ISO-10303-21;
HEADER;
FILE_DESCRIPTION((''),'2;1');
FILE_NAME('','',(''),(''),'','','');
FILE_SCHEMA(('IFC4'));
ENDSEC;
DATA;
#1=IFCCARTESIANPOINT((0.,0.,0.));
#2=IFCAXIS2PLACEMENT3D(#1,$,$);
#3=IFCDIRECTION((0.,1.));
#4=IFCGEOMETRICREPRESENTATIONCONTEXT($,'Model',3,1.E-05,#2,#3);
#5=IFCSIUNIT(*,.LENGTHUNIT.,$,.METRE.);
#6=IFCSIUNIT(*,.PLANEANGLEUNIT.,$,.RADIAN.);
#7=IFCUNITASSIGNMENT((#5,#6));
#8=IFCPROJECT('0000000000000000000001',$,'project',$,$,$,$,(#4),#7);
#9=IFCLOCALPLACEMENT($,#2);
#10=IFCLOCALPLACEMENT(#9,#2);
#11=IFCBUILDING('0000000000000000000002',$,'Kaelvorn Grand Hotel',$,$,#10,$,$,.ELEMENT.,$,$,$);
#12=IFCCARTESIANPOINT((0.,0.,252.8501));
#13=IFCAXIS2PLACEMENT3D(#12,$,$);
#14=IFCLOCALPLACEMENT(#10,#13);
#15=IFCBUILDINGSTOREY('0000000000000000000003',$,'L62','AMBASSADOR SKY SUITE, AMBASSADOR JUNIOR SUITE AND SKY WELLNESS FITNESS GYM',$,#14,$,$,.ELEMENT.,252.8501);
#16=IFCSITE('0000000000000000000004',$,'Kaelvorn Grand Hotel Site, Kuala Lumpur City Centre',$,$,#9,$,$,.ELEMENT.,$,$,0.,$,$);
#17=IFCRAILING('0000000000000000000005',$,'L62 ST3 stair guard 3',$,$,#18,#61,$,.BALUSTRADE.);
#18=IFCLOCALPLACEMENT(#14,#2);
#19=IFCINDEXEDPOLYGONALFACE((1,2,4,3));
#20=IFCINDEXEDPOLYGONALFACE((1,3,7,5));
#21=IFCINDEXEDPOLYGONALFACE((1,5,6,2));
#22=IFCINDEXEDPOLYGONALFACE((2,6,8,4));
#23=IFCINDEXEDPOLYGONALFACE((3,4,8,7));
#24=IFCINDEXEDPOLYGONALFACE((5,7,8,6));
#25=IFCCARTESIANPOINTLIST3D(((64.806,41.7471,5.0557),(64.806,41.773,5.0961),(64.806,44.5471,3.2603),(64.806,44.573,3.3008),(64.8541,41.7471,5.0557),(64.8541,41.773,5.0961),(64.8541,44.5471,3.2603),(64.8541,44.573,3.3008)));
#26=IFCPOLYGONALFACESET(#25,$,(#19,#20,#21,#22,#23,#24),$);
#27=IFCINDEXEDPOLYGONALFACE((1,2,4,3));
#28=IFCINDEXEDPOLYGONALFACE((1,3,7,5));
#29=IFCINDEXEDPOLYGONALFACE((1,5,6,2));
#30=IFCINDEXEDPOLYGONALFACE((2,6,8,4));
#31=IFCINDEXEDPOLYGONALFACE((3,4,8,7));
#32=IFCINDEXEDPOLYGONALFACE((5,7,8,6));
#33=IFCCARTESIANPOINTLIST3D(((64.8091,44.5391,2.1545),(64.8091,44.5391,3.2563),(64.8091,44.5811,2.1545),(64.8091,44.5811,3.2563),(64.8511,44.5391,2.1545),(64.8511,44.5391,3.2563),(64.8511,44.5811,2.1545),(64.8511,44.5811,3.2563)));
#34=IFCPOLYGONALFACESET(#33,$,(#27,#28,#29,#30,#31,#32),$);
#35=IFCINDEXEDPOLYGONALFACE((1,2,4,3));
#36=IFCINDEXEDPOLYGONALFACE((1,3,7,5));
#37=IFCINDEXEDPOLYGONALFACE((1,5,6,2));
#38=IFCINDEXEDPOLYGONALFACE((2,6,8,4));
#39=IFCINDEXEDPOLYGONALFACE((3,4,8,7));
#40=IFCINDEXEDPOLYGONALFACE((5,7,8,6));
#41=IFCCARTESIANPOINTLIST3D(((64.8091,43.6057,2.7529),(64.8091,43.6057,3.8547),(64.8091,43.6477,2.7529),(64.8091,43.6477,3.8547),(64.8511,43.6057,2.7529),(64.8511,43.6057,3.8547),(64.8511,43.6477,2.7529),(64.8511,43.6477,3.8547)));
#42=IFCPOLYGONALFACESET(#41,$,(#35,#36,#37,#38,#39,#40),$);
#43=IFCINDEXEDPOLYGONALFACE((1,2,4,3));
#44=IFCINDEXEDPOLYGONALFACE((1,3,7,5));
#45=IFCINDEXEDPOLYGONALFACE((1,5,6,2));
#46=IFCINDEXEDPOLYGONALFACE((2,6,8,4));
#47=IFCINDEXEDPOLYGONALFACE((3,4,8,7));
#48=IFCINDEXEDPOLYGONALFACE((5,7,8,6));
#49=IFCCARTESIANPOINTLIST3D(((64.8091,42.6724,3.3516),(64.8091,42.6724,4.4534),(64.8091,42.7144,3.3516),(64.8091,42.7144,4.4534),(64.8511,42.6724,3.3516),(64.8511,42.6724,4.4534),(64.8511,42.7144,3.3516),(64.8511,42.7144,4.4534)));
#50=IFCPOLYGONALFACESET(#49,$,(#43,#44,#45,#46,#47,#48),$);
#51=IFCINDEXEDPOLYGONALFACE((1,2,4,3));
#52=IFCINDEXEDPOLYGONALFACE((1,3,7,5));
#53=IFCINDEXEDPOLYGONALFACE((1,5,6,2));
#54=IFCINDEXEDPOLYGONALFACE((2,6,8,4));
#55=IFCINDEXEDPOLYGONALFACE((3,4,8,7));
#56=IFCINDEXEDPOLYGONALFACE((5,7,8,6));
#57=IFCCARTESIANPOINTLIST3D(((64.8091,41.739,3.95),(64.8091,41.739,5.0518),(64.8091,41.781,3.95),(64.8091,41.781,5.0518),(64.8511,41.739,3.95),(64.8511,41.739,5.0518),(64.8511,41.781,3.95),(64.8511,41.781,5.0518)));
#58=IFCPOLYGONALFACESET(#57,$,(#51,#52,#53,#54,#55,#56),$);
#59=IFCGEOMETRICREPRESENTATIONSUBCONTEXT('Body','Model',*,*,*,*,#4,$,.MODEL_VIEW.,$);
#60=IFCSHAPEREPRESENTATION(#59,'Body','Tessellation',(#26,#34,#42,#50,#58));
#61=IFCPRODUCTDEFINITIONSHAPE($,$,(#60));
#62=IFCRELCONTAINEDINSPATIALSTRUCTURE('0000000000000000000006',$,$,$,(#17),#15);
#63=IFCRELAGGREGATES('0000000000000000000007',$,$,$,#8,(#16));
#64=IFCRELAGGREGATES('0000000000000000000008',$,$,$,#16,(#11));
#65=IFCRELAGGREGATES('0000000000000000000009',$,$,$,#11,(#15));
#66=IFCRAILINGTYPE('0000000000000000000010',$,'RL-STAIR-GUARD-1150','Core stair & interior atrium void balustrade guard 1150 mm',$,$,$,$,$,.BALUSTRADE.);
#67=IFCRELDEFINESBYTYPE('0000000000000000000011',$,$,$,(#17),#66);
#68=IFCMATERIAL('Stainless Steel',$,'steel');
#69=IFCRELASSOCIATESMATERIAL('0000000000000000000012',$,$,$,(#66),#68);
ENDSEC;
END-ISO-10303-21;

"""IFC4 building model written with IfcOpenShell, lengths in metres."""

from ifc_helpers import new_model, si_unit, direction, frame, origin, origin_2d, place, context, subcontext, project, spatial, rectangle, extrude, material, type_object, element, save


model = new_model("IFC4")

# Units and contexts
model_context = context("Model", 3, precision=1e-05, world=origin(), true_north=direction((0.0, 1.0)))
body_context = subcontext(model_context, "Body", "Model", "MODEL_VIEW")
ifc_project = project(units=[si_unit("LENGTHUNIT", "METRE"), si_unit("PLANEANGLEUNIT", "RADIAN")], contexts=[model_context])

# Site, building, storey
site_placement = place(None, origin())
site = spatial("IfcSite", under=ifc_project, at=site_placement, Name="Kaelvorn Grand Hotel Site, Kuala Lumpur City Centre", CompositionType="ELEMENT", RefElevation=0.0)
building_placement = place(site_placement, origin())
building = spatial("IfcBuilding", under=site, at=building_placement, Name="Kaelvorn Grand Hotel", CompositionType="ELEMENT")
storey_placement = place(building_placement, frame((0.0, 0.0, 252.8501)))
storey = spatial("IfcBuildingStorey", under=building, at=storey_placement, Name="L62", Description="AMBASSADOR SKY SUITE, AMBASSADOR JUNIOR SUITE AND SKY WELLNESS FITNESS GYM", CompositionType="ELEMENT", Elevation=252.8501)

# Shared definitions
ifc_material_1 = material(Name="Stainless Steel", Category="steel")

# Railing
railing_type_1 = type_object("IfcRailingType", Name="RL-STAIR-GUARD-1150", Description="Core stair & interior atrium void balustrade guard 1150 mm", PredefinedType="BALUSTRADE", material=ifc_material_1)
railing_1_placement = place(storey_placement, frame((64.8301, 44.5601, 2.1545)))
element("IfcRailing", 1, at=railing_1_placement, inside=storey, type_object=railing_type_1, Name="L62 ST3 stair guard 3", PredefinedType="BALUSTRADE", context=body_context, shape_type="SweptSolid", body=[
    extrude(rectangle(XDim=0.0481, YDim=0.0481, at=origin_2d()), frame((0.0, 0.0, 1.126), z_axis=(0.0, -0.84181, 0.539774), x_axis=(1.0, 0.0, 0.0)), (0.0, 0.0, 1.0), 3.3262),
    extrude(rectangle(XDim=0.042, YDim=0.042, at=origin_2d()), origin(), (0.0, 0.0, 1.0), 1.1018),
    extrude(rectangle(XDim=0.042, YDim=0.042, at=origin_2d()), frame((0.0, -0.9333, 0.5984)), (0.0, 0.0, 1.0), 1.1018),
    extrude(rectangle(XDim=0.042, YDim=0.042, at=origin_2d()), frame((0.0, -1.8667, 1.197)), (0.0, 0.0, 1.0), 1.1018),
    extrude(rectangle(XDim=0.042, YDim=0.042, at=origin_2d()), frame((0.0, -2.8, 1.7954)), (0.0, 0.0, 1.0), 1.1018),
])

save(model, "model.ifc")
